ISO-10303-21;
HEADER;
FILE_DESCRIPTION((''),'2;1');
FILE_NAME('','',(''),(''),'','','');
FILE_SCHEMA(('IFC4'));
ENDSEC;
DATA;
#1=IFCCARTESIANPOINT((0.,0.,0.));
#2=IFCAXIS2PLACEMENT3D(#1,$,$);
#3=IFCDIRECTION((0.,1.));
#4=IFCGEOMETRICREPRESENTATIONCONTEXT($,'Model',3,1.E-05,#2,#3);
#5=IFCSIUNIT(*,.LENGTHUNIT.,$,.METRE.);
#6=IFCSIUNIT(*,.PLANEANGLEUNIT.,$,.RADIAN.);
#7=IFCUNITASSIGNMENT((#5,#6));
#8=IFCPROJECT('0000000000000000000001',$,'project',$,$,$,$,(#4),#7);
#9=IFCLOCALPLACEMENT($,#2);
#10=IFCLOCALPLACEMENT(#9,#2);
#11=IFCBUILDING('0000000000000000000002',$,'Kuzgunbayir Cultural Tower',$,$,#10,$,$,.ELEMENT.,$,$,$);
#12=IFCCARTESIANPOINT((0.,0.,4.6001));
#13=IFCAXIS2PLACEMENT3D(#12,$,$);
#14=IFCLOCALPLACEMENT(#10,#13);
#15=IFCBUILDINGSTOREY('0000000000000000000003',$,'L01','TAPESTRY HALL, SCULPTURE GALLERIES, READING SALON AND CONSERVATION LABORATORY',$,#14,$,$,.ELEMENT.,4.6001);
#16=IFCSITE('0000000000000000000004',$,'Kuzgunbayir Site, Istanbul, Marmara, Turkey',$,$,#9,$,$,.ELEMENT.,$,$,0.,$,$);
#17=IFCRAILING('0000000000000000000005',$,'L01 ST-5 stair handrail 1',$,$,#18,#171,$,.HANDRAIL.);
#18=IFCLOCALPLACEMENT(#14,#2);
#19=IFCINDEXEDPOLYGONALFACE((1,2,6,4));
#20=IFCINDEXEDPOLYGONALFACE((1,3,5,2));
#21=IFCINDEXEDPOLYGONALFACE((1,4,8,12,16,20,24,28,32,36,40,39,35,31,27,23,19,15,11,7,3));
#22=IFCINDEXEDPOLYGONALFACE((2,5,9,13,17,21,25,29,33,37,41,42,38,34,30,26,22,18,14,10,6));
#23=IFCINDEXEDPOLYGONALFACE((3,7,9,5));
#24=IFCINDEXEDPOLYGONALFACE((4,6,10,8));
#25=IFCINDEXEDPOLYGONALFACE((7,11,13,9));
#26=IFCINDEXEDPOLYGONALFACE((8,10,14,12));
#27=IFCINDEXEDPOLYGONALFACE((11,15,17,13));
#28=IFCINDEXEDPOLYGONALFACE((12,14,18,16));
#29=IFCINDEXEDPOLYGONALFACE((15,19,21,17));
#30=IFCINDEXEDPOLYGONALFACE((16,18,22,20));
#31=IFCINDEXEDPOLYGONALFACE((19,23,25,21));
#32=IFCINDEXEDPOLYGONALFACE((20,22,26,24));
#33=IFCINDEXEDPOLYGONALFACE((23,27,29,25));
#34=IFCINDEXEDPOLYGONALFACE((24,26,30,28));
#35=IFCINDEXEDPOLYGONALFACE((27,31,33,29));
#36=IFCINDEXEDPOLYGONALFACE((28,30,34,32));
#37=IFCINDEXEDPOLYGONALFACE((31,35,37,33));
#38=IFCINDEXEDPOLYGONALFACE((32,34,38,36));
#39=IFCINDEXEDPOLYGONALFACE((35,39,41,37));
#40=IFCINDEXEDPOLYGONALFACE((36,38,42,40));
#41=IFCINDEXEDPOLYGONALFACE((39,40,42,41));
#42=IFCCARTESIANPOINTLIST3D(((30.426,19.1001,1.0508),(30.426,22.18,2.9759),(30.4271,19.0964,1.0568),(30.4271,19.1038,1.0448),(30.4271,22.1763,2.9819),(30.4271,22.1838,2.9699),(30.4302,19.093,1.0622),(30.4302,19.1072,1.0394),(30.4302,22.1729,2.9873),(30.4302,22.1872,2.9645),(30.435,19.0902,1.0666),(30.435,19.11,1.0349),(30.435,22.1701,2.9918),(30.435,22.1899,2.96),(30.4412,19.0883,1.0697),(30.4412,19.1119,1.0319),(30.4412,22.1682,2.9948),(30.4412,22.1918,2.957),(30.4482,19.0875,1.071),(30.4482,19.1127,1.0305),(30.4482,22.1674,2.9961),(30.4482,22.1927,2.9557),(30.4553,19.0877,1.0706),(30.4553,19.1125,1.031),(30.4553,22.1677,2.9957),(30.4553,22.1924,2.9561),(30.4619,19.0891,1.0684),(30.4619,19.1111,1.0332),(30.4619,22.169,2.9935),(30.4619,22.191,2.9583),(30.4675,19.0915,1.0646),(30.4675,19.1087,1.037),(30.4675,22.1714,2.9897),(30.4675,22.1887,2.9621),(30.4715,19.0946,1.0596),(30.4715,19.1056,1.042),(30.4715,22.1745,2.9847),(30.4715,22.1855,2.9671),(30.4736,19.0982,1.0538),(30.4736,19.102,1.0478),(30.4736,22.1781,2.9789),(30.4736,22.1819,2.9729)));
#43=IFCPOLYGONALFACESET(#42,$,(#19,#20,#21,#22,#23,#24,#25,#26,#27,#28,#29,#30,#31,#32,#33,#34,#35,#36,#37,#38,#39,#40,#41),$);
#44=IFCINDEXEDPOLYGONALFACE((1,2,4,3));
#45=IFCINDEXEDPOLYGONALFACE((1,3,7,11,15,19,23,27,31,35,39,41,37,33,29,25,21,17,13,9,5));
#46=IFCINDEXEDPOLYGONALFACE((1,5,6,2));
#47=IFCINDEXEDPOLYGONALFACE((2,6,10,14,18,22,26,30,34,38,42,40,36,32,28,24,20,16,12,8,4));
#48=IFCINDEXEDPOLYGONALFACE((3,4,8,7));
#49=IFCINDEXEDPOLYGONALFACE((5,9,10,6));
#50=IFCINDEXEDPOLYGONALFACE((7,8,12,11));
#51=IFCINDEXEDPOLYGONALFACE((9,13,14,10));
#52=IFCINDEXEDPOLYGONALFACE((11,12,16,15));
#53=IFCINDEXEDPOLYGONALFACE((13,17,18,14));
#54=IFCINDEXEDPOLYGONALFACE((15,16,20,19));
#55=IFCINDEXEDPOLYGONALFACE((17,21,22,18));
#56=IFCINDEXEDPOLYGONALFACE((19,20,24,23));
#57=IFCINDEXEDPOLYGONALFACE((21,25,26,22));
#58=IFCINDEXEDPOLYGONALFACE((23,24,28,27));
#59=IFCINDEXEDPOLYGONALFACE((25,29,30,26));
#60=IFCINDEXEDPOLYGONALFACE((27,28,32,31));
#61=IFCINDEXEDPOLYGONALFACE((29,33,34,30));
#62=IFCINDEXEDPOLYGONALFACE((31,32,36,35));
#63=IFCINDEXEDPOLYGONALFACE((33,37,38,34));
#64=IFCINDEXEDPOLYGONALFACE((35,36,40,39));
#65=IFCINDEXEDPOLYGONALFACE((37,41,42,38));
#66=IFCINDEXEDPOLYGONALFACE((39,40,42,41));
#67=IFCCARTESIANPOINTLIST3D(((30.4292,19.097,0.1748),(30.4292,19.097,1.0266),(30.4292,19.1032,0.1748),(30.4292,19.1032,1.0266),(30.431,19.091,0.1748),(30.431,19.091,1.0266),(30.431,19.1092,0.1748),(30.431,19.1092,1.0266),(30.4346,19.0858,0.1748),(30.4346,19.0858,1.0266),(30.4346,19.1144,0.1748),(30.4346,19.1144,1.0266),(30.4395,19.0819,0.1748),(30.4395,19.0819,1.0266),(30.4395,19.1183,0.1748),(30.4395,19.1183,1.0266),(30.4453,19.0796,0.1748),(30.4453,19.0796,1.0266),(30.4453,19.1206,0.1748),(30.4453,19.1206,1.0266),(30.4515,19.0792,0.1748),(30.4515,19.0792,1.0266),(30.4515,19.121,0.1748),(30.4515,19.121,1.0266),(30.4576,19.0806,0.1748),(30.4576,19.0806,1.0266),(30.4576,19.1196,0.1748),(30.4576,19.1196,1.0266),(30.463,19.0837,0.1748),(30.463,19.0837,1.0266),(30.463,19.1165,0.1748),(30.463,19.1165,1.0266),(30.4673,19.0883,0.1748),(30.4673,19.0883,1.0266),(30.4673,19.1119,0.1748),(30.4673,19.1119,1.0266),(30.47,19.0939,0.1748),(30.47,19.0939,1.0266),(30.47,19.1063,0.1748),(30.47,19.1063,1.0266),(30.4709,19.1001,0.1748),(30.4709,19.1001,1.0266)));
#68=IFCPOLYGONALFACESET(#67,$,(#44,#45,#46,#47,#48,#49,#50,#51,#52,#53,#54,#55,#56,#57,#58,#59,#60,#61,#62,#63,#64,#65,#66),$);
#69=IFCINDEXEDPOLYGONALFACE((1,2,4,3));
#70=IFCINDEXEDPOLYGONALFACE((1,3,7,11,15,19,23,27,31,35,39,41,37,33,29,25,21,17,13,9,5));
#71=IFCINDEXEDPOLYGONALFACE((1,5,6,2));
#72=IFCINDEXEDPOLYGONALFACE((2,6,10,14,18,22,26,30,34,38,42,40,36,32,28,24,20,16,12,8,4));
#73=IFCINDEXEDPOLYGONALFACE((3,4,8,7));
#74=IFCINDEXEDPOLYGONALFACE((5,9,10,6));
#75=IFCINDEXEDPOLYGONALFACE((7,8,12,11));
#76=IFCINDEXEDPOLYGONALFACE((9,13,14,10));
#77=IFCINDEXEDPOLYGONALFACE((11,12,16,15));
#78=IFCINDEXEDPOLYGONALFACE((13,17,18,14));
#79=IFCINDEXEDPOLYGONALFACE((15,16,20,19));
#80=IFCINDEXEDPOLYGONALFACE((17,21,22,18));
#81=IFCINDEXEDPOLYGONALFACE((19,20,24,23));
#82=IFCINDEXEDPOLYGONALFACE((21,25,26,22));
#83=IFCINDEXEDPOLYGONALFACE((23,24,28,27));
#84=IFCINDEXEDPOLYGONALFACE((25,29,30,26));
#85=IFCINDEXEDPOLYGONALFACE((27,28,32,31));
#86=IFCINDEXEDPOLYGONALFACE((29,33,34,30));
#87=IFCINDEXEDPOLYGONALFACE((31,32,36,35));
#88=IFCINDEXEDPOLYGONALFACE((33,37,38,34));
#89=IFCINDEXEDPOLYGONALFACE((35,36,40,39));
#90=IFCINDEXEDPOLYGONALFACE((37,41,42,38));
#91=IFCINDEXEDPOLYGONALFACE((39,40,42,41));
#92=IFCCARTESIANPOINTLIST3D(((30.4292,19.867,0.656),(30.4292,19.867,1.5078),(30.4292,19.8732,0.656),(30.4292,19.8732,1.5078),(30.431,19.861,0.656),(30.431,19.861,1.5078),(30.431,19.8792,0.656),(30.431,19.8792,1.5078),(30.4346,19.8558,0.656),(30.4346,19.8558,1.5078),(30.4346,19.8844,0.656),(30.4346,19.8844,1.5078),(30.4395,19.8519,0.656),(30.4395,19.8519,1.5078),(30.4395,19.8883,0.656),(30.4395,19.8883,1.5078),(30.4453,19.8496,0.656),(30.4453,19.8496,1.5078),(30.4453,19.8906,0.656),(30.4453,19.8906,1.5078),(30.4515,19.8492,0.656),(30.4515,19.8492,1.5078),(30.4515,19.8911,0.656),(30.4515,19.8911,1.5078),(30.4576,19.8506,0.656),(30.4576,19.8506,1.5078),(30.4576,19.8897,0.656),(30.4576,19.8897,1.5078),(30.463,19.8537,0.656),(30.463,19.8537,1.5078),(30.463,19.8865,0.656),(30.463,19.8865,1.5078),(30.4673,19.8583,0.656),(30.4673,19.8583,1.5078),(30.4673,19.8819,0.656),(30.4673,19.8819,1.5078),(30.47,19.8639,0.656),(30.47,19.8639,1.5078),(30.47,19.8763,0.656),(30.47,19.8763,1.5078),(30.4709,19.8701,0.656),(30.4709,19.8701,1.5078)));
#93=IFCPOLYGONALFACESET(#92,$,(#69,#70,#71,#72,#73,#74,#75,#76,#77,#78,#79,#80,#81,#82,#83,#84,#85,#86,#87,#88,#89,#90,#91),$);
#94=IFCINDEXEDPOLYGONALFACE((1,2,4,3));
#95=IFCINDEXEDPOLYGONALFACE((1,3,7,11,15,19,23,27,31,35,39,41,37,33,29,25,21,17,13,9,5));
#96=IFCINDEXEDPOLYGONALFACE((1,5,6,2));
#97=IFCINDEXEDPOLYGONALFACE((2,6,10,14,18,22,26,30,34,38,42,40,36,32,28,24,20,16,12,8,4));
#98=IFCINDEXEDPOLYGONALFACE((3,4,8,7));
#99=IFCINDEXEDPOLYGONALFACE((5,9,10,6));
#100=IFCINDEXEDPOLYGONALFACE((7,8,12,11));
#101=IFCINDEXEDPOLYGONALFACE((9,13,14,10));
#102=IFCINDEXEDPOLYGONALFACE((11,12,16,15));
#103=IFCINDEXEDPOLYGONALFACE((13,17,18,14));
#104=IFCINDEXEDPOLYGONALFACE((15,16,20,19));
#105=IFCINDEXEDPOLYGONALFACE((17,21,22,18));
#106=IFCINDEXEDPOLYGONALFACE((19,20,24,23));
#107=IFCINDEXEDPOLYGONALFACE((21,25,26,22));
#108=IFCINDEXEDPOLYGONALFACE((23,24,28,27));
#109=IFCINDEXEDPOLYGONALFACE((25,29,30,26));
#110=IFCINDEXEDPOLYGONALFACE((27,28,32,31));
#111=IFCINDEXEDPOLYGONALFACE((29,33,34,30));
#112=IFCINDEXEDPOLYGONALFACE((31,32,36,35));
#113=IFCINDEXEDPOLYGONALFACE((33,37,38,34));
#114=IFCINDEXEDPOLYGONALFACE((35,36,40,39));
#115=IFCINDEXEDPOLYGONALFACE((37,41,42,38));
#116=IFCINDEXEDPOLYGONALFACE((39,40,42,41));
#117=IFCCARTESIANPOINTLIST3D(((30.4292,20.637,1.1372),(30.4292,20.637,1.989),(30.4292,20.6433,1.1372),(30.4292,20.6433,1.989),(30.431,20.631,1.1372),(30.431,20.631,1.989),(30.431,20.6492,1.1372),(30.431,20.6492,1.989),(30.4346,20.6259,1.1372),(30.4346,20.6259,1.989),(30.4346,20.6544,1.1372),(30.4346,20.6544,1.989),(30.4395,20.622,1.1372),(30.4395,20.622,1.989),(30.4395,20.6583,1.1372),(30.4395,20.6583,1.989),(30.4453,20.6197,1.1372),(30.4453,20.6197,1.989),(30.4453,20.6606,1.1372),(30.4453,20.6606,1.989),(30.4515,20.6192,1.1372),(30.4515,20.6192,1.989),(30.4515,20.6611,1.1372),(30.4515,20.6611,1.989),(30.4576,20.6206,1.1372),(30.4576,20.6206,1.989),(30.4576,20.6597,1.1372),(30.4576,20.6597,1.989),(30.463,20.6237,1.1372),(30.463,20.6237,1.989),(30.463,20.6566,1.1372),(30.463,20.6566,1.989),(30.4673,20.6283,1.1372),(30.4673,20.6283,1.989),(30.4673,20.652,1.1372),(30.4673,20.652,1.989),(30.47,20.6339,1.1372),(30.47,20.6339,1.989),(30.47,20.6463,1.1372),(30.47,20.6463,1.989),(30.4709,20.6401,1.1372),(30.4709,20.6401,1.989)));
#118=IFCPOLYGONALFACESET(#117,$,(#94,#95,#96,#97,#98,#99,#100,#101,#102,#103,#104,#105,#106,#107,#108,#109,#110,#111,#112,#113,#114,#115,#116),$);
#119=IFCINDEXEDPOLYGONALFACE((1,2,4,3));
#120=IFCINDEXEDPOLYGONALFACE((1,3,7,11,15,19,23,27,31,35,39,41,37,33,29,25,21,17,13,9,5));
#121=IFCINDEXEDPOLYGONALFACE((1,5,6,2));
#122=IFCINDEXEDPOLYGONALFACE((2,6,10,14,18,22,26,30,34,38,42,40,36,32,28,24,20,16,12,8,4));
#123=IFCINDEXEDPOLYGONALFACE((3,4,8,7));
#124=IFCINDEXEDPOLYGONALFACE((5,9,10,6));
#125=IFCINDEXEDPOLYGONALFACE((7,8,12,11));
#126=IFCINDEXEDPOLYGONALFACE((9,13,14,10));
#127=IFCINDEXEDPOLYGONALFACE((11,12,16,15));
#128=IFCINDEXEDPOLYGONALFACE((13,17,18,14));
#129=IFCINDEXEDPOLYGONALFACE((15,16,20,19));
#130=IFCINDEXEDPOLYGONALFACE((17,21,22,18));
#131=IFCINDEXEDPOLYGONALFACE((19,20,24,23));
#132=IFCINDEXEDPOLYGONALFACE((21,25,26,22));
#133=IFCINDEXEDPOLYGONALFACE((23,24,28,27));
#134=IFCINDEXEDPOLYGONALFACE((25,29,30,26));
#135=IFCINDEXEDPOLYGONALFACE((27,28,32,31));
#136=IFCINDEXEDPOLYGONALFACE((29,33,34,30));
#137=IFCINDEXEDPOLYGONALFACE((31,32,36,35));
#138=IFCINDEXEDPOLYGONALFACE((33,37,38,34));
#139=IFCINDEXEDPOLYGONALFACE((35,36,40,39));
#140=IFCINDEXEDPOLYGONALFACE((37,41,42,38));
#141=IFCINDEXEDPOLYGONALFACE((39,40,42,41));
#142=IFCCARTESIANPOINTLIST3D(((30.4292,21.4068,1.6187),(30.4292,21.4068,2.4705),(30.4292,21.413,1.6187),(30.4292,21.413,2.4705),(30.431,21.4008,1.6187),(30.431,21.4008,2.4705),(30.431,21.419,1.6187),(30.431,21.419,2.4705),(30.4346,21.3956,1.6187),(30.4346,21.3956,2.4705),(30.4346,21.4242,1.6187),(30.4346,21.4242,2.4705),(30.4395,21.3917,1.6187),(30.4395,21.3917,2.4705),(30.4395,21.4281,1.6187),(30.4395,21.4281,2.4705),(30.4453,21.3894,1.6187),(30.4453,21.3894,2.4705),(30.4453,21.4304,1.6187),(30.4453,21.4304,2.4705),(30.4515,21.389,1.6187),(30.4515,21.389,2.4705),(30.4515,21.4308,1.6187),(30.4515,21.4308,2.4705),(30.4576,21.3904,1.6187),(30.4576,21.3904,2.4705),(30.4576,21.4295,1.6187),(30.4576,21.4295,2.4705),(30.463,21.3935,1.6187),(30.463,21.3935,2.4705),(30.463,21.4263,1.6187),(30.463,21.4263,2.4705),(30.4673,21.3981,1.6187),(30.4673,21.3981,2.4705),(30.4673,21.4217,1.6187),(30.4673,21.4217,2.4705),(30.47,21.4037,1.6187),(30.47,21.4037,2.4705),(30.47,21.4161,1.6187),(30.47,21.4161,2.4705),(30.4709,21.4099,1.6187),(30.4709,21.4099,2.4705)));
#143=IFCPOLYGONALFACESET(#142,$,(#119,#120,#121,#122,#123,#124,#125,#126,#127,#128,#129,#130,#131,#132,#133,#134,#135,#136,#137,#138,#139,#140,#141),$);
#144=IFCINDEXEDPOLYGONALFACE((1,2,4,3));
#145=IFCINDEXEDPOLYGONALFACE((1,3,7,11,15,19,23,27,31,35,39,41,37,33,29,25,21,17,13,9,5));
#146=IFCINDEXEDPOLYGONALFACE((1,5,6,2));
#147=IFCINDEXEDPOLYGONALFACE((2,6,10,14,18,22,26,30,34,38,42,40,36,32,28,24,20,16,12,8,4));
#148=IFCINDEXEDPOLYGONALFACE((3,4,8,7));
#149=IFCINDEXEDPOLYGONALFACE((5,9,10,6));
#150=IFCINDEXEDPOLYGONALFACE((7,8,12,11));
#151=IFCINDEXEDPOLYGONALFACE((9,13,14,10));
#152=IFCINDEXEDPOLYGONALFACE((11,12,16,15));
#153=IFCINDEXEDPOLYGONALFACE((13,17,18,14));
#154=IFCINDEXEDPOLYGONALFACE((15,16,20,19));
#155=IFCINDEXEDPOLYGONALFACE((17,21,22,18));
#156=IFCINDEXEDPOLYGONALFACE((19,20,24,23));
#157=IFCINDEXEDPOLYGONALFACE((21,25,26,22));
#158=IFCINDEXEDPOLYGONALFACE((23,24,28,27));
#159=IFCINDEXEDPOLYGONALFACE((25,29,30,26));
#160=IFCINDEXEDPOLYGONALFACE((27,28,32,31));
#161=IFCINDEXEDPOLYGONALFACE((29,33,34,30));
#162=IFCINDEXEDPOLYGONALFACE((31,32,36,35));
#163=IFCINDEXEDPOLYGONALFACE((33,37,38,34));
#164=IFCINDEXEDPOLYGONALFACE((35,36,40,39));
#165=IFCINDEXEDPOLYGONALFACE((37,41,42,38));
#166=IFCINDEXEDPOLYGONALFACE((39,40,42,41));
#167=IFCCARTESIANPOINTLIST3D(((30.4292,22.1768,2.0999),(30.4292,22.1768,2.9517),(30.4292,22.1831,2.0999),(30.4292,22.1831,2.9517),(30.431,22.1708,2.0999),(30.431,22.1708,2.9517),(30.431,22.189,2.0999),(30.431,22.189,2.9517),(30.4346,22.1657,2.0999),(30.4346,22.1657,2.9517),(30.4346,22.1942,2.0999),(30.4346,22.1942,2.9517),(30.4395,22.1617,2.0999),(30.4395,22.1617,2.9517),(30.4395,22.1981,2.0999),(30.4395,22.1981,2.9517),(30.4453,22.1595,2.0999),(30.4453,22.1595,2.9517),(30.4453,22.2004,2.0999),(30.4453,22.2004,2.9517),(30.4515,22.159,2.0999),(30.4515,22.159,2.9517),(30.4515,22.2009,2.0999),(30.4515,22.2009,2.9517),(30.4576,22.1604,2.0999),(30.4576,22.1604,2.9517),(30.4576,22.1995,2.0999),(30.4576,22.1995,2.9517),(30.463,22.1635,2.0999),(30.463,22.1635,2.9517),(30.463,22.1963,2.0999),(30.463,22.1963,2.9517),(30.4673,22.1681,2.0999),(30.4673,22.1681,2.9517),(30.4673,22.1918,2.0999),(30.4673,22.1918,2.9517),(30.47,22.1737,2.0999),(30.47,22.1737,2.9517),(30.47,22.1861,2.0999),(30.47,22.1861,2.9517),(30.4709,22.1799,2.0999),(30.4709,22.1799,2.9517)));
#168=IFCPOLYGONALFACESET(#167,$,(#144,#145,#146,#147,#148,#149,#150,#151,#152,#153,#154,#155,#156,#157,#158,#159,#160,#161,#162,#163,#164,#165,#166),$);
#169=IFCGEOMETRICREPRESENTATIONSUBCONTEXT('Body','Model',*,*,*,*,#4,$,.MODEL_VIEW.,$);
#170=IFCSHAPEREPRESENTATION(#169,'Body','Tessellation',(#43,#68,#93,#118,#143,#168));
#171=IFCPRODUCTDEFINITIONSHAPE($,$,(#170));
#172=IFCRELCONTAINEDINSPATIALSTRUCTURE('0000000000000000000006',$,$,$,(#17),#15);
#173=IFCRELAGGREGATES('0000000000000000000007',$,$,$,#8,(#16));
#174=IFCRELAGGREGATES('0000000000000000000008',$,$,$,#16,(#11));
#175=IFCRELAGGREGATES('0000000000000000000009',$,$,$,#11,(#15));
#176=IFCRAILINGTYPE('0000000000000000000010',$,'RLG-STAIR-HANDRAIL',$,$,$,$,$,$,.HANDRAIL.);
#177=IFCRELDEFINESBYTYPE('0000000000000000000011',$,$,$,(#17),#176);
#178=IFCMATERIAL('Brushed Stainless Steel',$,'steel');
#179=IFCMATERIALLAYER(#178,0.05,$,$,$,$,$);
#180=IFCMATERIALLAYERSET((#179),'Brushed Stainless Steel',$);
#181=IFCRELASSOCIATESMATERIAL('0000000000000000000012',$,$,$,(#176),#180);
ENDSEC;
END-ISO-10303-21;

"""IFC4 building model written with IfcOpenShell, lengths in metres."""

from ifc_helpers import new_model, si_unit, direction, frame, origin, origin_2d, place, context, subcontext, project, spatial, circle, extrude, material, layer, layer_set, type_object, element, save


model = new_model("IFC4")

# Units and contexts
model_context = context("Model", 3, precision=1e-05, world=origin(), true_north=direction((0.0, 1.0)))
body_context = subcontext(model_context, "Body", "Model", "MODEL_VIEW")
ifc_project = project(units=[si_unit("LENGTHUNIT", "METRE"), si_unit("PLANEANGLEUNIT", "RADIAN")], contexts=[model_context])

# Site, building, storey
site_placement = place(None, origin())
site = spatial("IfcSite", under=ifc_project, at=site_placement, Name="Kuzgunbayir Site, Istanbul, Marmara, Turkey", CompositionType="ELEMENT", RefElevation=0.0)
building_placement = place(site_placement, origin())
building = spatial("IfcBuilding", under=site, at=building_placement, Name="Kuzgunbayir Cultural Tower", CompositionType="ELEMENT")
storey_placement = place(building_placement, frame((0.0, 0.0, 4.6001)))
storey = spatial("IfcBuildingStorey", under=building, at=storey_placement, Name="L01", Description="TAPESTRY HALL, SCULPTURE GALLERIES, READING SALON AND CONSERVATION LABORATORY", CompositionType="ELEMENT", Elevation=4.6001)

# Railing
ifc_material_1 = material(Name="Brushed Stainless Steel", Category="steel")
ifc_layer_1 = layer(ifc_material_1, 0.05)
ifc_layer_set_1 = layer_set([ifc_layer_1], Name="Brushed Stainless Steel")
railing_type_1 = type_object("IfcRailingType", Name="RLG-STAIR-HANDRAIL", PredefinedType="HANDRAIL", material=ifc_layer_set_1)
railing_1_placement = place(storey_placement, frame((30.45, 19.1001, 0.1748)))
element("IfcRailing", 1, at=railing_1_placement, inside=storey, type_object=railing_type_1, Name="L01 ST-5 stair handrail 1", PredefinedType="HANDRAIL", context=body_context, shape_type="SweptSolid", body=[
    extrude(circle(Radius=0.0239, at=origin_2d()), frame((0.0, 0.0, 0.876), z_axis=(0.0, 0.847979, 0.530029), x_axis=(-1.0, 0.0, 0.0)), (0.0, 0.0, 1.0), 3.6321),
    extrude(circle(Radius=0.021, at=origin_2d()), origin(), (0.0, 0.0, 1.0), 0.8518),
    extrude(circle(Radius=0.021, at=origin_2d()), frame((0.0, 0.77, 0.4812)), (0.0, 0.0, 1.0), 0.8518),
    extrude(circle(Radius=0.021, at=origin_2d()), frame((0.0, 1.54, 0.9624)), (0.0, 0.0, 1.0), 0.8518),
    extrude(circle(Radius=0.021, at=origin_2d()), frame((0.0, 2.3098, 1.4438)), (0.0, 0.0, 1.0), 0.8518),
    extrude(circle(Radius=0.021, at=origin_2d()), frame((0.0, 3.0798, 1.925)), (0.0, 0.0, 1.0), 0.8518),
])

save(model, "model.ifc")
